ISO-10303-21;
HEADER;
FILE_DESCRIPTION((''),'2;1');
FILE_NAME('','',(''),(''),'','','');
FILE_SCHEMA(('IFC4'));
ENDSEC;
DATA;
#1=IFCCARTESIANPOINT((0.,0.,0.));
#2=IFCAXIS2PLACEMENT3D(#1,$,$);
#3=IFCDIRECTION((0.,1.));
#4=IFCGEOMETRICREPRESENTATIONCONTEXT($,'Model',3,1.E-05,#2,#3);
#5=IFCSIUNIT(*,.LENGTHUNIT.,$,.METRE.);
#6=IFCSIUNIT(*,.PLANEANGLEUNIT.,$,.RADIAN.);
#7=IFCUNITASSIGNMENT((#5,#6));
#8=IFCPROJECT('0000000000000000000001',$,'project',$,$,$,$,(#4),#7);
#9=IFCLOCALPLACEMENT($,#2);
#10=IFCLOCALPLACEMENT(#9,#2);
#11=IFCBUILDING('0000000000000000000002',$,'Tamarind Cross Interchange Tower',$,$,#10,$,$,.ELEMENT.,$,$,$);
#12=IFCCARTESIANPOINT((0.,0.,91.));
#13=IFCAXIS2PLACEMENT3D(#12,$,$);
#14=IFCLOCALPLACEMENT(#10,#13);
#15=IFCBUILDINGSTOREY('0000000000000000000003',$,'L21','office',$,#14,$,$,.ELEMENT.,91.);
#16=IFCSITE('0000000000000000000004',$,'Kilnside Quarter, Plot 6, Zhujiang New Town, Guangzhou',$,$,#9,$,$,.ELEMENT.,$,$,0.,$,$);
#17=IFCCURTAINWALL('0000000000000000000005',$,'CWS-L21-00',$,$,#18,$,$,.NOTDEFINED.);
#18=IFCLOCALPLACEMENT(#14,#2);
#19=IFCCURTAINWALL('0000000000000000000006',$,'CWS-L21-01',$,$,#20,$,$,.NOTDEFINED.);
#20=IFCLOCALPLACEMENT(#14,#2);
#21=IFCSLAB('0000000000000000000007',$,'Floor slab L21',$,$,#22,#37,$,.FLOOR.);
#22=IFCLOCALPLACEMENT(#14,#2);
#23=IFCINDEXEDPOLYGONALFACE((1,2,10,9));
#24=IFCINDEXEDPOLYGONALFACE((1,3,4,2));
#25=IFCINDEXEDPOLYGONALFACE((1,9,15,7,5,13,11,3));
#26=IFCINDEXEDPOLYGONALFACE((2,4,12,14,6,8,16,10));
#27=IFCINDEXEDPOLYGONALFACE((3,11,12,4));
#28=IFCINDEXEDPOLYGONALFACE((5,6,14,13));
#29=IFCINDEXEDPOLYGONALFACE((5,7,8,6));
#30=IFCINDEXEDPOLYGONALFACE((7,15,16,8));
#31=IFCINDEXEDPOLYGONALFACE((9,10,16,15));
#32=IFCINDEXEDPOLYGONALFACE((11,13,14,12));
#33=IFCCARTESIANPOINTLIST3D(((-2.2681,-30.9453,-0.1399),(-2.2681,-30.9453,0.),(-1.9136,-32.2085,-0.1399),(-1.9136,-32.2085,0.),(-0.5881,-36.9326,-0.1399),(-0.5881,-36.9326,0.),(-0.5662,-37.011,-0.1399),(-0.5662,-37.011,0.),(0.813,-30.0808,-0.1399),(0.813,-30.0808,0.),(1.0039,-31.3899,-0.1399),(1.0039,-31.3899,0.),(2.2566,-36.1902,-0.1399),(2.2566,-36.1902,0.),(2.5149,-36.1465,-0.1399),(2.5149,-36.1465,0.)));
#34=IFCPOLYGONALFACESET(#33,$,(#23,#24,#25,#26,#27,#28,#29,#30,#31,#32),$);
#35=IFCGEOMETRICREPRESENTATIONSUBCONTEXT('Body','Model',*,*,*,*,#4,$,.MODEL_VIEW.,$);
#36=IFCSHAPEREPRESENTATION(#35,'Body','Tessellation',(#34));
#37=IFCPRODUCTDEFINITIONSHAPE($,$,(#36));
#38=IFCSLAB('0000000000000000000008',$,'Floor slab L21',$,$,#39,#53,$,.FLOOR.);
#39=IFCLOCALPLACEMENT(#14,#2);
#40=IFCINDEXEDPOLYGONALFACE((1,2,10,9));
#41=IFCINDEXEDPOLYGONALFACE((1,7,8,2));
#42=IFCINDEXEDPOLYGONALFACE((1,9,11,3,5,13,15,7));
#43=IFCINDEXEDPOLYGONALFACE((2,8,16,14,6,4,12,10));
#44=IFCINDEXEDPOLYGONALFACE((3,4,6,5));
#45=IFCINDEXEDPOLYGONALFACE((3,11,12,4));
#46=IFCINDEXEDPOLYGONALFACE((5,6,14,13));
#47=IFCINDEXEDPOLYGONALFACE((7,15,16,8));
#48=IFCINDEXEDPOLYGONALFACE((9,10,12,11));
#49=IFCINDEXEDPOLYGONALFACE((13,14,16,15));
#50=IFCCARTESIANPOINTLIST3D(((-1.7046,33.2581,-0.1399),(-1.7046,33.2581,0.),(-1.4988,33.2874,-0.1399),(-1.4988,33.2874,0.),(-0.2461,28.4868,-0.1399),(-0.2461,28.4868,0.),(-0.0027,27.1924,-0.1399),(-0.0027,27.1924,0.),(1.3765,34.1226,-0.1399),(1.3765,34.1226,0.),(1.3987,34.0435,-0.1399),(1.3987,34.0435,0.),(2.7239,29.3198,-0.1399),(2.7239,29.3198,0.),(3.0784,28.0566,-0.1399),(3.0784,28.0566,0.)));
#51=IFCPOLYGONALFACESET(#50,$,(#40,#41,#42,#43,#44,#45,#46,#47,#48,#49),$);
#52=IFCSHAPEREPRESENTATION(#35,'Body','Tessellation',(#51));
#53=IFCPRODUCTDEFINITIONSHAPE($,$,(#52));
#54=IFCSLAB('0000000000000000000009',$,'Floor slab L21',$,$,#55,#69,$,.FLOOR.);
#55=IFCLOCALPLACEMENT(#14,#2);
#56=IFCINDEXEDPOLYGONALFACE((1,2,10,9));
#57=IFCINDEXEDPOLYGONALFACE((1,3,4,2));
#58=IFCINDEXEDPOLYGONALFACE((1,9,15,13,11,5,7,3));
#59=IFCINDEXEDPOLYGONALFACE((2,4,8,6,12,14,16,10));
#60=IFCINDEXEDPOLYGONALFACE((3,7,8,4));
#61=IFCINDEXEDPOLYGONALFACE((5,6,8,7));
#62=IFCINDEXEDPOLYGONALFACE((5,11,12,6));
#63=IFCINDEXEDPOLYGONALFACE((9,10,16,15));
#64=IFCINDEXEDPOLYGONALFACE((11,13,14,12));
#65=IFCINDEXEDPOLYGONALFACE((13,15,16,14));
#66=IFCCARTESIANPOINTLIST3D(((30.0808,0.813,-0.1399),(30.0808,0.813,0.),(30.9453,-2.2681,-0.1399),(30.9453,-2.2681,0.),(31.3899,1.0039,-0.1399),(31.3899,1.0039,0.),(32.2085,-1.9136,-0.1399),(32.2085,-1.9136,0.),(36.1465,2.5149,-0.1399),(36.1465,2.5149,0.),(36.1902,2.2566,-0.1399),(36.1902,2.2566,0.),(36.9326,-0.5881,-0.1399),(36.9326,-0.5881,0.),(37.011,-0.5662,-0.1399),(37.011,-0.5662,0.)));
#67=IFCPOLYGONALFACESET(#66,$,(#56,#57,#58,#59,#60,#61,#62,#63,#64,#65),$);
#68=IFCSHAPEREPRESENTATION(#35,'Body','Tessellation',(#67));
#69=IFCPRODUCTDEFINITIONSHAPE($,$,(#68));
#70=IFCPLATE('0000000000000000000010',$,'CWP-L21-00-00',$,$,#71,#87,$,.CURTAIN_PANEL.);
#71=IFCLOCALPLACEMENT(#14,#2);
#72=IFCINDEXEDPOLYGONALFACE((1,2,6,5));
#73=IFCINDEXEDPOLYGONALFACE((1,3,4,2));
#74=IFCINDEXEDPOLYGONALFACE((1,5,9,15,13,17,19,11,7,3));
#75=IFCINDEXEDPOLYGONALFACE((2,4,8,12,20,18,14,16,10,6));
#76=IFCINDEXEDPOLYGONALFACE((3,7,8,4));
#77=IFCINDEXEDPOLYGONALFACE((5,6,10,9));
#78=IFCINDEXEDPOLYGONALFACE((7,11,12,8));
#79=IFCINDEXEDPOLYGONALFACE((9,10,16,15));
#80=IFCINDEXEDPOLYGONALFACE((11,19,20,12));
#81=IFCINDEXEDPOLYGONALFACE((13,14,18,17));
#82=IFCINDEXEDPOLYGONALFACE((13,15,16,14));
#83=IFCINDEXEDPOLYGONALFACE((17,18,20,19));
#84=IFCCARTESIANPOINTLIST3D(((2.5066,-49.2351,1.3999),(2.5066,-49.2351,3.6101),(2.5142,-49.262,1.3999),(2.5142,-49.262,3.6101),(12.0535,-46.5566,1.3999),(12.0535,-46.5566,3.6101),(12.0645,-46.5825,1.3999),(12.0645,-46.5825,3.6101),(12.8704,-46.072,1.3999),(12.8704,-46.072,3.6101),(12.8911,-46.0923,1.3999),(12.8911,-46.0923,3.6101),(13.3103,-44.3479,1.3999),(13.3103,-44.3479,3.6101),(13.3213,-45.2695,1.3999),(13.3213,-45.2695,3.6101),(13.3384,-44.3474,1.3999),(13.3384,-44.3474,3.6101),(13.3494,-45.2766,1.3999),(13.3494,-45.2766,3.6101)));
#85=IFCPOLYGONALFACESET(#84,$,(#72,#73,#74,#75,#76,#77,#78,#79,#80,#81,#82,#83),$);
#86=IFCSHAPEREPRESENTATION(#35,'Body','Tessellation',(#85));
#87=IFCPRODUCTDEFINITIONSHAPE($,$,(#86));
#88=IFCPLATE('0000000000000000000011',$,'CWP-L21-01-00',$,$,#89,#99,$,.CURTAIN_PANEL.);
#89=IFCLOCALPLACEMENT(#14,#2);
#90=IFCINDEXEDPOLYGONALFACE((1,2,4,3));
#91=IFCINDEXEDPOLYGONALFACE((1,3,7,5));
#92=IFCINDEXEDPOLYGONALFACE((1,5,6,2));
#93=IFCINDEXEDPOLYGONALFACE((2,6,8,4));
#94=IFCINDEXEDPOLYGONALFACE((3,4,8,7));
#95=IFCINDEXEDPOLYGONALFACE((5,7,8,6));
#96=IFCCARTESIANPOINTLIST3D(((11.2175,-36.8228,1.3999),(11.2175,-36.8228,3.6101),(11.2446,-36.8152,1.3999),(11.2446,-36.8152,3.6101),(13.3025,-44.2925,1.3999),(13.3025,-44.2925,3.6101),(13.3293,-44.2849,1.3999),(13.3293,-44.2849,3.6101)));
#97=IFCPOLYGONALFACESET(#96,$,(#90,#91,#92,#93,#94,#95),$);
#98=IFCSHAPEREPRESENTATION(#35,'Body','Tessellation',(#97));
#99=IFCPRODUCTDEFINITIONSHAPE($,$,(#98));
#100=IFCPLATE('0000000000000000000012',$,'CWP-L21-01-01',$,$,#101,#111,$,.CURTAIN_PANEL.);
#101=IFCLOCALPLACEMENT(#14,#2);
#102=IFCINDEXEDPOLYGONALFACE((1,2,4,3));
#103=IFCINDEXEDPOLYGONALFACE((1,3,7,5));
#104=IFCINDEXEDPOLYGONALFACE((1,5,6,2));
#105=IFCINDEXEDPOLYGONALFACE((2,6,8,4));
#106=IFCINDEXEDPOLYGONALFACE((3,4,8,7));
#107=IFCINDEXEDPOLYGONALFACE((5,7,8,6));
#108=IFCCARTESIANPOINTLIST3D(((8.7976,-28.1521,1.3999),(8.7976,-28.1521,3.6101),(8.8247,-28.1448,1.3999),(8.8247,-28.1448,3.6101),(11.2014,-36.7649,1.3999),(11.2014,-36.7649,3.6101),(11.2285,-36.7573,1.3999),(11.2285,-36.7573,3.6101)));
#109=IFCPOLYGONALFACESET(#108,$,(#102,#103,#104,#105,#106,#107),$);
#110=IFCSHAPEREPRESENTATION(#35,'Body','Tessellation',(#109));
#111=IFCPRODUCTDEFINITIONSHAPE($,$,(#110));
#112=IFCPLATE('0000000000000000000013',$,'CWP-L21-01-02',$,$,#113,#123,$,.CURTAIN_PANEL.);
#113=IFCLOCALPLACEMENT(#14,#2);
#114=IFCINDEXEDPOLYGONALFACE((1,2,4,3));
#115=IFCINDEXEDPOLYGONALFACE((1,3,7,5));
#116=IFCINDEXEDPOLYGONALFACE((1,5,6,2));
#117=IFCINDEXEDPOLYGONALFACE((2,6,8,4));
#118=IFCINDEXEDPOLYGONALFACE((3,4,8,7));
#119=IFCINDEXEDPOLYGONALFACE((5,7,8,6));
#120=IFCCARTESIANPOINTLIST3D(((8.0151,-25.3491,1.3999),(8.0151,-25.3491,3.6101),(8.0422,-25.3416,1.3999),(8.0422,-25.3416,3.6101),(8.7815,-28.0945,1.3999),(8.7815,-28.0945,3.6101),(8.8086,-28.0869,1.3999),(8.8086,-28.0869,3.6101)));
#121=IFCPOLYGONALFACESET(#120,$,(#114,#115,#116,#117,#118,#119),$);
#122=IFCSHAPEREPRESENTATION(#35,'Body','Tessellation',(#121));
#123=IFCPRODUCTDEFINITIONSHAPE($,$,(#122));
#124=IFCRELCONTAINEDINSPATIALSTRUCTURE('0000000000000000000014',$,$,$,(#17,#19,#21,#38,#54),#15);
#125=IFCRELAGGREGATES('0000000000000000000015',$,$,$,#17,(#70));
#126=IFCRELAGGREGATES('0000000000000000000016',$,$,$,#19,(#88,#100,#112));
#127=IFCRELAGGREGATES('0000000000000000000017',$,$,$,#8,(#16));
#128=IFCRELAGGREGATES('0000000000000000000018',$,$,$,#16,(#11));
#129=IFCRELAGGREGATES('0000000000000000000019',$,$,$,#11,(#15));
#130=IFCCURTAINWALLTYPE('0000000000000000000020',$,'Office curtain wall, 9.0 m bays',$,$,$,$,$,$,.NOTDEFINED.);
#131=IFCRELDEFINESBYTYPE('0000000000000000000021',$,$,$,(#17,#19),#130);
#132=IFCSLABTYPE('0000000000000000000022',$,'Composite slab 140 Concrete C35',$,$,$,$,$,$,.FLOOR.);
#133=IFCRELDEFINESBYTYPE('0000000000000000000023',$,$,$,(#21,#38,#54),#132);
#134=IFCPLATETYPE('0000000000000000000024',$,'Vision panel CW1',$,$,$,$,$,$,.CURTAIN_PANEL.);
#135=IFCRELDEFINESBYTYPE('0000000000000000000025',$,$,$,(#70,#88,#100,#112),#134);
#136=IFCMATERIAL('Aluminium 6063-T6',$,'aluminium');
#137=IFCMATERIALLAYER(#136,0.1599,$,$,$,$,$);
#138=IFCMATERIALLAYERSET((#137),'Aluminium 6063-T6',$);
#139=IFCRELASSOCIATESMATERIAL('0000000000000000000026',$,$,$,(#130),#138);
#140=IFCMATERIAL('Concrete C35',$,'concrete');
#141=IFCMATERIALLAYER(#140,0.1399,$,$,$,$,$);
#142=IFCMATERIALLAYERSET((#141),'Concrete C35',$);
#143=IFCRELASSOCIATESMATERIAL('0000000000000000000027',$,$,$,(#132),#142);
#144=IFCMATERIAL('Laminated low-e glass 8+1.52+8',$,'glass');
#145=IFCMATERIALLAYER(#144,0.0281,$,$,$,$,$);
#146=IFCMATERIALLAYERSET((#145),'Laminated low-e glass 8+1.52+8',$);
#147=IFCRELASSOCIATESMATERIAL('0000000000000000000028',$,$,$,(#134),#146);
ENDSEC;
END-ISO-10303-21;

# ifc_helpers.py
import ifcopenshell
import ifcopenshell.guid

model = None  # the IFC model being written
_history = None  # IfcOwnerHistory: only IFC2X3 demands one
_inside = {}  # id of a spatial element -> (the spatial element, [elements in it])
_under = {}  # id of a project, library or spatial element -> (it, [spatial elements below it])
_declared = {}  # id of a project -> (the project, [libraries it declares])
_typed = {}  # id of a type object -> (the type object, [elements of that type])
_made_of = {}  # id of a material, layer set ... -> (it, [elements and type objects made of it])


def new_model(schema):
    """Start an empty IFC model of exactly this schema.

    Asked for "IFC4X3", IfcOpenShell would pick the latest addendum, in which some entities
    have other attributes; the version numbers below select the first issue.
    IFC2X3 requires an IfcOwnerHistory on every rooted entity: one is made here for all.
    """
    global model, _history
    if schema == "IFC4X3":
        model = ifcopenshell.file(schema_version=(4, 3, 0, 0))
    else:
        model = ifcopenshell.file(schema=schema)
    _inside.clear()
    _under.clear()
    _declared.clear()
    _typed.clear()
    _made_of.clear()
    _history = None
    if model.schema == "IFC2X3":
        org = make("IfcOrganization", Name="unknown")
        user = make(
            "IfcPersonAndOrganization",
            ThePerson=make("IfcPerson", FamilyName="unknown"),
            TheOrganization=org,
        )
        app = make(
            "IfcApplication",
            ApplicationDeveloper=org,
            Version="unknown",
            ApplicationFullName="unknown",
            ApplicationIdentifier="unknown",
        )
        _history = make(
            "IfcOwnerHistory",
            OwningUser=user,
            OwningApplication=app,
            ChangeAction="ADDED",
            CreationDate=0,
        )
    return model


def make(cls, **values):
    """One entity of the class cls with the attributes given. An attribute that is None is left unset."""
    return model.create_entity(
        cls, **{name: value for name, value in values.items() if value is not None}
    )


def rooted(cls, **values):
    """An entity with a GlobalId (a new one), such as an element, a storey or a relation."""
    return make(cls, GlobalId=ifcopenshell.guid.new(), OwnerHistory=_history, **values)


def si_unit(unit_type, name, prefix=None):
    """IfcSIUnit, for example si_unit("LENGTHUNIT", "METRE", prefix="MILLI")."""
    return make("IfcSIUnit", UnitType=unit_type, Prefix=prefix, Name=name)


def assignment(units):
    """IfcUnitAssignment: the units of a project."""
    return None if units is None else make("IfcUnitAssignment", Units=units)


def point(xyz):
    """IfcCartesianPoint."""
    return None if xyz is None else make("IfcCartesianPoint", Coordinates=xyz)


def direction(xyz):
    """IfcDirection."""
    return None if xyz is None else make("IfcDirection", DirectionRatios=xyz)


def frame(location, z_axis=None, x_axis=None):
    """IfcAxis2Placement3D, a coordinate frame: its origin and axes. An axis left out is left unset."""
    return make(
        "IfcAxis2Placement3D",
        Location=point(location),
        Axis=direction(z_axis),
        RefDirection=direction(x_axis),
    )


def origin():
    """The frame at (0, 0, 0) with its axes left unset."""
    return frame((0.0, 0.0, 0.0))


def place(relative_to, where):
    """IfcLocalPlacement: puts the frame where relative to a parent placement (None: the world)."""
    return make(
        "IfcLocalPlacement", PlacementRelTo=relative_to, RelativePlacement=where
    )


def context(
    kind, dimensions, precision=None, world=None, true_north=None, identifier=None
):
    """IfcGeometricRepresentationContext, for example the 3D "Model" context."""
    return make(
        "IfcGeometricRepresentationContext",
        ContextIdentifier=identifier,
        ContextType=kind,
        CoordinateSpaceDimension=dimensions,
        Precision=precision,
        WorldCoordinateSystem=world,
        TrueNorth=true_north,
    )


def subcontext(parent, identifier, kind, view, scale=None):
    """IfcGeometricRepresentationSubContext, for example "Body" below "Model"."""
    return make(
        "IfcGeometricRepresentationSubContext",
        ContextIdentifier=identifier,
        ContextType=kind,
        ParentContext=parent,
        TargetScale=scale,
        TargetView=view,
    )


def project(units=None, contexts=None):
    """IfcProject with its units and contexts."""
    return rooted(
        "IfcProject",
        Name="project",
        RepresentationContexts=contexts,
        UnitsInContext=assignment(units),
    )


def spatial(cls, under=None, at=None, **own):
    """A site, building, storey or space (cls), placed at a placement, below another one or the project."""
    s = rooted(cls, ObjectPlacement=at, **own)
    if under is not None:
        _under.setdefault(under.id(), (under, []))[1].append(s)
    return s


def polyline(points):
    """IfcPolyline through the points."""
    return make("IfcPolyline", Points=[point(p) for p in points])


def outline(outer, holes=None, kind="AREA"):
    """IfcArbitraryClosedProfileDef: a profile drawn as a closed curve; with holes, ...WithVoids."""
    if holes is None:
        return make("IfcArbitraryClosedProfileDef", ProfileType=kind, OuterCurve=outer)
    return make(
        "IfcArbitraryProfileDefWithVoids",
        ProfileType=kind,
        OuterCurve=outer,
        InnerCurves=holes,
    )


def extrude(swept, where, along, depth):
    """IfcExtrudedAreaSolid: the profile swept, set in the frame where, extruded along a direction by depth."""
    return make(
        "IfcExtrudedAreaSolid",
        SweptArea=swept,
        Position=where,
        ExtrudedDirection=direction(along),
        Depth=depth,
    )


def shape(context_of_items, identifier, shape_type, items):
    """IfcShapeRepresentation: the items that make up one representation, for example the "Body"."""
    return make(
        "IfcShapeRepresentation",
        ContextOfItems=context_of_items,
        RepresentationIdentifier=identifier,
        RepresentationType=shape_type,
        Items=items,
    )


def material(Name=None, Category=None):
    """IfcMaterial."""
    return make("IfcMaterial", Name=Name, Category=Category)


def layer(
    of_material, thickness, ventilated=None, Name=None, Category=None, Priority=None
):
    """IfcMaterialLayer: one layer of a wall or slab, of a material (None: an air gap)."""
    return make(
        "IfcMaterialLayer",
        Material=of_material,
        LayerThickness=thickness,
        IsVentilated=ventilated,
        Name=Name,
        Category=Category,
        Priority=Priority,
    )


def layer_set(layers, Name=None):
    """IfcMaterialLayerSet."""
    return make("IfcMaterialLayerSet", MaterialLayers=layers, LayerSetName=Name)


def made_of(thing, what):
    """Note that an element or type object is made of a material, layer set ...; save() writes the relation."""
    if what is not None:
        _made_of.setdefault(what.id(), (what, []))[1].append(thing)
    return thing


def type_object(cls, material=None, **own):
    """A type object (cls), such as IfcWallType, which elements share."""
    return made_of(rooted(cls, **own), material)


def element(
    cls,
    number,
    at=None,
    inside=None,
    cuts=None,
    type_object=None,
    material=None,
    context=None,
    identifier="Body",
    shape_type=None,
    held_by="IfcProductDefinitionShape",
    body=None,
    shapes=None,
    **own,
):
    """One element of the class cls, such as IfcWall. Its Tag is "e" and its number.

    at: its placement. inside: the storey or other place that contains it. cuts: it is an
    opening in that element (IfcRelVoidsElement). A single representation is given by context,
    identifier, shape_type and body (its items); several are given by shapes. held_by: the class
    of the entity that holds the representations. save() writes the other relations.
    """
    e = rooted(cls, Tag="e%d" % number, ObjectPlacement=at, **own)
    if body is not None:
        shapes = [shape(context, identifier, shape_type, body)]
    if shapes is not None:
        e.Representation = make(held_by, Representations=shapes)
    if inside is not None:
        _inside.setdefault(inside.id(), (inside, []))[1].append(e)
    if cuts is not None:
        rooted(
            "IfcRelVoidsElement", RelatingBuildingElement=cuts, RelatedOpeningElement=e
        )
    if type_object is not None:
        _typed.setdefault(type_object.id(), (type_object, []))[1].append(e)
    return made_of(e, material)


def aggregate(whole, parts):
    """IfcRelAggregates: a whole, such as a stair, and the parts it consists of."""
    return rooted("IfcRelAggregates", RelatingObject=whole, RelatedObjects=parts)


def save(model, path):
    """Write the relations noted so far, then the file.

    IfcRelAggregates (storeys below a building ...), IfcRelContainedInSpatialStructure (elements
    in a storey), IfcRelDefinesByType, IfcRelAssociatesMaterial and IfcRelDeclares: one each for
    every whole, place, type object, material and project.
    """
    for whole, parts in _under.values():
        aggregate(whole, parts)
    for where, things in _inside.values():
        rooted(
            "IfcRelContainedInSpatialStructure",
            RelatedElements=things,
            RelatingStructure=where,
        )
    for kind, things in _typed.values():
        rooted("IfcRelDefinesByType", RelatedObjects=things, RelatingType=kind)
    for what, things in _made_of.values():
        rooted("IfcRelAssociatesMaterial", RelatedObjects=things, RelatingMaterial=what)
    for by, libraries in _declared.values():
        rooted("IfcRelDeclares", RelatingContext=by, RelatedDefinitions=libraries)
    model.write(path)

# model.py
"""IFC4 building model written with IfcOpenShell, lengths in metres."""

from ifc_helpers import new_model, si_unit, direction, frame, origin, place, context, subcontext, project, spatial, polyline, outline, extrude, material, layer, layer_set, type_object, element, aggregate, save


model = new_model("IFC4")

# Units and contexts
model_context = context("Model", 3, precision=1e-05, world=origin(), true_north=direction((0.0, 1.0)))
body_context = subcontext(model_context, "Body", "Model", "MODEL_VIEW")
ifc_project = project(units=[si_unit("LENGTHUNIT", "METRE"), si_unit("PLANEANGLEUNIT", "RADIAN")], contexts=[model_context])

# Site, building, storey
site_placement = place(None, origin())
site = spatial("IfcSite", under=ifc_project, at=site_placement, Name="Kilnside Quarter, Plot 6, Zhujiang New Town, Guangzhou", CompositionType="ELEMENT", RefElevation=0.0)
building_placement = place(site_placement, origin())
building = spatial("IfcBuilding", under=site, at=building_placement, Name="Tamarind Cross Interchange Tower", CompositionType="ELEMENT")
storey_placement = place(building_placement, frame((0.0, 0.0, 91.0)))
storey = spatial("IfcBuildingStorey", under=building, at=storey_placement, Name="L21", Description="office", CompositionType="ELEMENT", Elevation=91.0)

# Curtain walls
ifc_material_1 = material(Name="Aluminium 6063-T6", Category="aluminium")
ifc_layer_1 = layer(ifc_material_1, 0.1599)
ifc_layer_set_1 = layer_set([ifc_layer_1], Name="Aluminium 6063-T6")
curtain_wall_type = type_object("IfcCurtainWallType", Name="Office curtain wall, 9.0 m bays", PredefinedType="NOTDEFINED", material=ifc_layer_set_1)
curtain_wall_1_placement = place(storey_placement, origin())
curtain_wall_1 = element("IfcCurtainWall", 1, at=curtain_wall_1_placement, inside=storey, type_object=curtain_wall_type, Name="CWS-L21-00", PredefinedType="NOTDEFINED")
curtain_wall_2_placement = place(storey_placement, origin())
curtain_wall_2 = element("IfcCurtainWall", 2, at=curtain_wall_2_placement, inside=storey, type_object=curtain_wall_type, Name="CWS-L21-01", PredefinedType="NOTDEFINED")

# Slabs
ifc_material_2 = material(Name="Concrete C35", Category="concrete")
ifc_layer_2 = layer(ifc_material_2, 0.1399)
ifc_layer_set_2 = layer_set([ifc_layer_2], Name="Concrete C35")
slab_type = type_object("IfcSlabType", Name="Composite slab 140 Concrete C35", PredefinedType="FLOOR", material=ifc_layer_set_2)
slab_1_placement = place(storey_placement, frame((0.0, 0.0, -0.1399)))
element("IfcSlab", 3, at=slab_1_placement, inside=storey, type_object=slab_type, Name="Floor slab L21", PredefinedType="FLOOR", context=body_context, shape_type="SweptSolid", body=[
    extrude(outline(polyline([(-0.5662, -37.011), (2.5149, -36.1465), (0.813, -30.0808), (-2.2681, -30.9453), (-1.9136, -32.2085), (1.0039, -31.3899), (2.2566, -36.1902), (-0.5881, -36.9326), (-0.5662, -37.011)])), origin(), (0.0, 0.0, 1.0), 0.1399),
])
slab_2_placement = place(storey_placement, frame((0.0, 0.0, -0.1399)))
element("IfcSlab", 4, at=slab_2_placement, inside=storey, type_object=slab_type, Name="Floor slab L21", PredefinedType="FLOOR", context=body_context, shape_type="SweptSolid", body=[
    extrude(outline(polyline([(-0.0027, 27.1924), (3.0784, 28.0566), (2.7239, 29.3198), (-0.2461, 28.4868), (-1.4988, 33.2874), (1.3987, 34.0435), (1.3765, 34.1226), (-1.7046, 33.2581), (-0.0027, 27.1924)])), origin(), (0.0, 0.0, 1.0), 0.1399),
])
slab_3_placement = place(storey_placement, frame((0.0, 0.0, -0.1399)))
element("IfcSlab", 5, at=slab_3_placement, inside=storey, type_object=slab_type, Name="Floor slab L21", PredefinedType="FLOOR", context=body_context, shape_type="SweptSolid", body=[
    extrude(outline(polyline([(37.011, -0.5662), (36.1465, 2.5149), (30.0808, 0.813), (30.9453, -2.2681), (32.2085, -1.9136), (31.3899, 1.0039), (36.1902, 2.2566), (36.9326, -0.5881), (37.011, -0.5662)])), origin(), (0.0, 0.0, 1.0), 0.1399),
])

# Plates
ifc_material_3 = material(Name="Laminated low-e glass 8+1.52+8", Category="glass")
ifc_layer_3 = layer(ifc_material_3, 0.0281)
ifc_layer_set_3 = layer_set([ifc_layer_3], Name="Laminated low-e glass 8+1.52+8")
plate_type = type_object("IfcPlateType", Name="Vision panel CW1", PredefinedType="CURTAIN_PANEL", material=ifc_layer_set_3)
plate_1_placement = place(storey_placement, frame((0.0, 0.0, 1.3999)))
plate_1 = element("IfcPlate", 6, at=plate_1_placement, type_object=plate_type, Name="CWP-L21-00-00", PredefinedType="CURTAIN_PANEL", context=body_context, shape_type="SweptSolid", body=[
    extrude(outline(polyline([(2.5066, -49.2351), (12.0535, -46.5566), (12.8704, -46.072), (13.3213, -45.2695), (13.3103, -44.3479), (13.3384, -44.3474), (13.3494, -45.2766), (12.8911, -46.0923), (12.0645, -46.5825), (2.5142, -49.262), (2.5066, -49.2351)])), origin(), (0.0, 0.0, 1.0), 2.2102),
])
aggregate(curtain_wall_1, [plate_1])
plate_2_placement = place(storey_placement, frame((0.0, 0.0, 1.3999)))
plate_2 = element("IfcPlate", 7, at=plate_2_placement, type_object=plate_type, Name="CWP-L21-01-00", PredefinedType="CURTAIN_PANEL", context=body_context, shape_type="SweptSolid", body=[
    extrude(outline(polyline([(13.3025, -44.2925), (11.2175, -36.8228), (11.2446, -36.8152), (13.3293, -44.2849), (13.3025, -44.2925)])), origin(), (0.0, 0.0, 1.0), 2.2102),
])
plate_3_placement = place(storey_placement, frame((0.0, 0.0, 1.3999)))
plate_3 = element("IfcPlate", 8, at=plate_3_placement, type_object=plate_type, Name="CWP-L21-01-01", PredefinedType="CURTAIN_PANEL", context=body_context, shape_type="SweptSolid", body=[
    extrude(outline(polyline([(11.2014, -36.7649), (8.7976, -28.1521), (8.8247, -28.1448), (11.2285, -36.7573), (11.2014, -36.7649)])), origin(), (0.0, 0.0, 1.0), 2.2102),
])
plate_4_placement = place(storey_placement, frame((0.0, 0.0, 1.3999)))
plate_4 = element("IfcPlate", 9, at=plate_4_placement, type_object=plate_type, Name="CWP-L21-01-02", PredefinedType="CURTAIN_PANEL", context=body_context, shape_type="SweptSolid", body=[
    extrude(outline(polyline([(8.7815, -28.0945), (8.0151, -25.3491), (8.0422, -25.3416), (8.8086, -28.0869), (8.7815, -28.0945)])), origin(), (0.0, 0.0, 1.0), 2.2102),
])
aggregate(curtain_wall_2, [plate_2, plate_3, plate_4])

save(model, "model.ifc")
